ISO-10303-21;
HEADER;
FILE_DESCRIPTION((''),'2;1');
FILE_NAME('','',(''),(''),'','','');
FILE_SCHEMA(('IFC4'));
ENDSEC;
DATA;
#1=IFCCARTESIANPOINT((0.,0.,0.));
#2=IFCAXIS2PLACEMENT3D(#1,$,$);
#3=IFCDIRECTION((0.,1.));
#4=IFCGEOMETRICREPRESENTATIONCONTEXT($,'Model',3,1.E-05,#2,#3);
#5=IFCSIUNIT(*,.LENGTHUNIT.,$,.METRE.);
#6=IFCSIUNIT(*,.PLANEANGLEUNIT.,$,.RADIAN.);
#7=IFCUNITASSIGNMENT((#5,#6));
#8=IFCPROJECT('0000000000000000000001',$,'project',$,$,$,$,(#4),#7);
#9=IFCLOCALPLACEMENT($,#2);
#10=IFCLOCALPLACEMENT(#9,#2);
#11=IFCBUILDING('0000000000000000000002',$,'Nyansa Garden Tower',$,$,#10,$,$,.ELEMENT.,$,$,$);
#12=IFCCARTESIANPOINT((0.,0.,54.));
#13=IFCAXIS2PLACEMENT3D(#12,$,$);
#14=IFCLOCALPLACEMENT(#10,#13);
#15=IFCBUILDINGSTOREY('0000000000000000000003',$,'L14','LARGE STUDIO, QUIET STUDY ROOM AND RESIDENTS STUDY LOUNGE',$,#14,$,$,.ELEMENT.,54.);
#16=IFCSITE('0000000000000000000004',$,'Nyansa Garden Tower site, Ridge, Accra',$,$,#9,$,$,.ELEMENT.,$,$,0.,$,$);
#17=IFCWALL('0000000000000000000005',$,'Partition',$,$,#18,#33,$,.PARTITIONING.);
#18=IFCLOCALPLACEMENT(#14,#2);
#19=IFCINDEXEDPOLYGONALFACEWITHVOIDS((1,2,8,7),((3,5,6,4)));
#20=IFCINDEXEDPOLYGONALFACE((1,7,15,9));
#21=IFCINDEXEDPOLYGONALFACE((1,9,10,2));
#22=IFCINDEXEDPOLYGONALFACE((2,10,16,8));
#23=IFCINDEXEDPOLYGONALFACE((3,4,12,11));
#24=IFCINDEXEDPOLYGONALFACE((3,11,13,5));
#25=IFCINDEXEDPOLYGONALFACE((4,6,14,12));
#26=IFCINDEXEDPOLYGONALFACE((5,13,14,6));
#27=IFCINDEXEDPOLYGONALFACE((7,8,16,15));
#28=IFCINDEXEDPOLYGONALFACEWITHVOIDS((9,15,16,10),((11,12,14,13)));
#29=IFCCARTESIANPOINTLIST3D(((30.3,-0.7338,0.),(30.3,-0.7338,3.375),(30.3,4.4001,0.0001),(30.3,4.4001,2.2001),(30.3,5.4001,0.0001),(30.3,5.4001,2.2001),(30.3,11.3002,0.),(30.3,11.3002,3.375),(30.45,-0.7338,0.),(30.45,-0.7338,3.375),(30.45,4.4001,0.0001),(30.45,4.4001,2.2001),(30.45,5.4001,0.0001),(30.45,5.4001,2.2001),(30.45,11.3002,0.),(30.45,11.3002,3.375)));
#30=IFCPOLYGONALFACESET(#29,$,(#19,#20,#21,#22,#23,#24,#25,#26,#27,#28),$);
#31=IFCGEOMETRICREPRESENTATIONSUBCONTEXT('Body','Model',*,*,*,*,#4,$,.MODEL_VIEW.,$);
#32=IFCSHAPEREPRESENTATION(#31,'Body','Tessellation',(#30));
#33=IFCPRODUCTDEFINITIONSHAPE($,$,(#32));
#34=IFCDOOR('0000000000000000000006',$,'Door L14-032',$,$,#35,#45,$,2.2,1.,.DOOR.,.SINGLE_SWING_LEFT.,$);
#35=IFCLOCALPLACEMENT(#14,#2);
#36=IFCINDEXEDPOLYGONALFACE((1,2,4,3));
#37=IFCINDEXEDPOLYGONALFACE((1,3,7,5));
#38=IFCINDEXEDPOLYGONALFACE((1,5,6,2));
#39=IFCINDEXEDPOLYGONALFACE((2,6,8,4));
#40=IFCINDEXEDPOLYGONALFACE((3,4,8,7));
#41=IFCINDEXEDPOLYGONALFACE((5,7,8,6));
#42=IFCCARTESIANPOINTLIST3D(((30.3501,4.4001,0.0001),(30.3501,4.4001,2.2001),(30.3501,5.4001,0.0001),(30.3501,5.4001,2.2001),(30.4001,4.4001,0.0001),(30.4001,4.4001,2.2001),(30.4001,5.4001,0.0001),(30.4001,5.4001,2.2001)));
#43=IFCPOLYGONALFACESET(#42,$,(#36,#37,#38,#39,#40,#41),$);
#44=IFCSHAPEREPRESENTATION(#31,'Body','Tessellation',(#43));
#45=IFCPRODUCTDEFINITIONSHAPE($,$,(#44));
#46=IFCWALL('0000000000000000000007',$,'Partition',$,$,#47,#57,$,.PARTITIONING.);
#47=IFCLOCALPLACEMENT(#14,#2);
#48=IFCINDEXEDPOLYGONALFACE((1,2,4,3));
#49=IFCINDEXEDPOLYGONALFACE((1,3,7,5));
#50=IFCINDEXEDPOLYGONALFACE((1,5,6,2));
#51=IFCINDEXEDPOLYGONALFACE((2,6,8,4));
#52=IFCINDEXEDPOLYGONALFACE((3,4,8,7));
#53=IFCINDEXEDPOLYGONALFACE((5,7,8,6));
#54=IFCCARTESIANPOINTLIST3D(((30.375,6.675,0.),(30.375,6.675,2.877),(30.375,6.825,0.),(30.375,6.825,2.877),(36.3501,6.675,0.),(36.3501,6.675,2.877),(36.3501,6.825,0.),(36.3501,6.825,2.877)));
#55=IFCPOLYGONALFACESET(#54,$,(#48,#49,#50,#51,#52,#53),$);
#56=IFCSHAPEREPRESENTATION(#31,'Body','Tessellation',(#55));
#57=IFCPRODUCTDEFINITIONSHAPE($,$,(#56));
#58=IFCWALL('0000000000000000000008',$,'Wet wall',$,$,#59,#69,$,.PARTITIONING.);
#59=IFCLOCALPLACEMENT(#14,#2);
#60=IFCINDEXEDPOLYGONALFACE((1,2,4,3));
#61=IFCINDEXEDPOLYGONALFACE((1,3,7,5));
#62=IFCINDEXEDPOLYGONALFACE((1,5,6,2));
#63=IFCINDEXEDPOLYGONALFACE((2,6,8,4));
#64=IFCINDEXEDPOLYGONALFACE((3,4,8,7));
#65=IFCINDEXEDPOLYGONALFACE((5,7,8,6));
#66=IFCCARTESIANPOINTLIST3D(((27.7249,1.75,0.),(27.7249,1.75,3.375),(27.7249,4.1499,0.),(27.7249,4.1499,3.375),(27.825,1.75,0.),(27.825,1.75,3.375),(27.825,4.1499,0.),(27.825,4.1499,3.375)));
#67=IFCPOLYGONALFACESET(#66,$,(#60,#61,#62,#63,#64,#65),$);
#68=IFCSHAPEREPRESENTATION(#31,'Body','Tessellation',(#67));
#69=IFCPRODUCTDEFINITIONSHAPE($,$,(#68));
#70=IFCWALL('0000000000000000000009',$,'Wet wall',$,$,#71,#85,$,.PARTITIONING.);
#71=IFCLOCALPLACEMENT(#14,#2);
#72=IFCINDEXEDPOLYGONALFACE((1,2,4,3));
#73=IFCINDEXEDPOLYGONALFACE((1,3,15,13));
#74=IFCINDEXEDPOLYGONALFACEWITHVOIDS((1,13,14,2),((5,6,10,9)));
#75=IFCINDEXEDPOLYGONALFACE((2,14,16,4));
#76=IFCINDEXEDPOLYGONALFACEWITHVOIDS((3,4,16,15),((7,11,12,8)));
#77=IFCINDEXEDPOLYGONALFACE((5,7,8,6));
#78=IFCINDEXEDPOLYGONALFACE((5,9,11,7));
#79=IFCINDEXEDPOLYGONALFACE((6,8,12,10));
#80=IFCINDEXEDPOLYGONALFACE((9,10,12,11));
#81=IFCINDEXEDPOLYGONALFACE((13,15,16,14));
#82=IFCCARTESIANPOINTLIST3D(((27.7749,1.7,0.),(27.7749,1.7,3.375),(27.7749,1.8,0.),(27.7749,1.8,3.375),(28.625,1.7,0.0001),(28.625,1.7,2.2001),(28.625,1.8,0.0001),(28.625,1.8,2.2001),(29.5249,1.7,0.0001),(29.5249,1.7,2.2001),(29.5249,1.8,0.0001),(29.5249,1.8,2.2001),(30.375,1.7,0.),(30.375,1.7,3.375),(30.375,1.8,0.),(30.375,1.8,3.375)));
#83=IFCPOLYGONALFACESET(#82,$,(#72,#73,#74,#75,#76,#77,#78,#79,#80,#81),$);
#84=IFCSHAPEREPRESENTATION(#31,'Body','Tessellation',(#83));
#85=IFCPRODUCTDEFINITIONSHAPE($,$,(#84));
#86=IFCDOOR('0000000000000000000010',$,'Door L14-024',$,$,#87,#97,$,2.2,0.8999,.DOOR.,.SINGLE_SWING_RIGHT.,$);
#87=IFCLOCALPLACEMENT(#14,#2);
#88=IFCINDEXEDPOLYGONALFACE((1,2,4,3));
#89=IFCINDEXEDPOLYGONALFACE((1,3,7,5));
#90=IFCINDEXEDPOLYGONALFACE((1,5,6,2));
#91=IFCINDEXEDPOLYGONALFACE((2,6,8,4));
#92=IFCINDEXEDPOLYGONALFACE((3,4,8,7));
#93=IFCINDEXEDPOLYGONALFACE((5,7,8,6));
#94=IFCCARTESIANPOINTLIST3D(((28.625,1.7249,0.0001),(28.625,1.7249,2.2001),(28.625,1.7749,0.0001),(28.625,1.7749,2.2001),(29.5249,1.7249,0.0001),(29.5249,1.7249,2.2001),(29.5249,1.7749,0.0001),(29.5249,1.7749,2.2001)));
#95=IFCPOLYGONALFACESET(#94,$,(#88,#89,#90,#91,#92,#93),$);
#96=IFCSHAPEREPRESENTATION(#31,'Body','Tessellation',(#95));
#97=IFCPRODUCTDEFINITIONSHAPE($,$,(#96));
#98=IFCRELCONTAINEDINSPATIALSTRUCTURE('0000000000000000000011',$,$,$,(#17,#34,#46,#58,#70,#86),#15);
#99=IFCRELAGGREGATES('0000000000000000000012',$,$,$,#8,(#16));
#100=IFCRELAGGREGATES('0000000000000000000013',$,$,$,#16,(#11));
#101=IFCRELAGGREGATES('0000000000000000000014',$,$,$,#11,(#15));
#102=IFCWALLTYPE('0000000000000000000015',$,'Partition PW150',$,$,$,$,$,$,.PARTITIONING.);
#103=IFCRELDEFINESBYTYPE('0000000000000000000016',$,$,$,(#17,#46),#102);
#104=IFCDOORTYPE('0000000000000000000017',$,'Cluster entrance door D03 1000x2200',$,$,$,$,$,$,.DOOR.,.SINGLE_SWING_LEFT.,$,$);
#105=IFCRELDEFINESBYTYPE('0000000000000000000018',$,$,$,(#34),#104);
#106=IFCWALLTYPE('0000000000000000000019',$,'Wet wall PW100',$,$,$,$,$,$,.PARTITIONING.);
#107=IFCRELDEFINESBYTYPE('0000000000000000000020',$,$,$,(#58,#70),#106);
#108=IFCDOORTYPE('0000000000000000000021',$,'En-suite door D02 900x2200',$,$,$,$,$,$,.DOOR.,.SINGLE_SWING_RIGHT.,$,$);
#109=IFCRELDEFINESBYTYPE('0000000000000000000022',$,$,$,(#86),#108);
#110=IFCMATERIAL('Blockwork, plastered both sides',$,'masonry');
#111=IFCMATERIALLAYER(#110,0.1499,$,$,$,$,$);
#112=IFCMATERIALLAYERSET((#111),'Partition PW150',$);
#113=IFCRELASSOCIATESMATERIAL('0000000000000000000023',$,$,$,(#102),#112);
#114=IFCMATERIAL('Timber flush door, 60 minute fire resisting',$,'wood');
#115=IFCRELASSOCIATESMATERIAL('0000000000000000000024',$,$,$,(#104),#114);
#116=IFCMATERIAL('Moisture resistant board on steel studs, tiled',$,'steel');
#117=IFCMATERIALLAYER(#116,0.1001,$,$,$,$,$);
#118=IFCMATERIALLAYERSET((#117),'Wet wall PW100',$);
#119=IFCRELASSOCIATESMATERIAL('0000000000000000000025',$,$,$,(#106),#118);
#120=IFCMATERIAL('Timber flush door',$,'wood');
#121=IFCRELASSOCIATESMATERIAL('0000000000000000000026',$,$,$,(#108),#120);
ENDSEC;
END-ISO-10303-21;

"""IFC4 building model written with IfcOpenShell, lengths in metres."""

from ifc_helpers import new_model, si_unit, direction, frame, frame_2d, origin, place, context, subcontext, project, spatial, rectangle, extrude, material, layer, layer_set, type_object, element, fill, save


model = new_model("IFC4")

# Units and contexts
model_context = context("Model", 3, precision=1e-05, world=origin(), true_north=direction((0.0, 1.0)))
body_context = subcontext(model_context, "Body", "Model", "MODEL_VIEW")
ifc_project = project(units=[si_unit("LENGTHUNIT", "METRE"), si_unit("PLANEANGLEUNIT", "RADIAN")], contexts=[model_context])

# Site, building, storey
site_placement = place(None, origin())
site = spatial("IfcSite", under=ifc_project, at=site_placement, Name="Nyansa Garden Tower site, Ridge, Accra", CompositionType="ELEMENT", RefElevation=0.0)
building_placement = place(site_placement, origin())
building = spatial("IfcBuilding", under=site, at=building_placement, Name="Nyansa Garden Tower", CompositionType="ELEMENT")
storey_placement = place(building_placement, frame((0.0, 0.0, 54.0)))
storey = spatial("IfcBuildingStorey", under=building, at=storey_placement, Name="L14", Description="LARGE STUDIO, QUIET STUDY ROOM AND RESIDENTS STUDY LOUNGE", CompositionType="ELEMENT", Elevation=54.0)

# Wall, opening, door
ifc_material_1 = material(Name="Blockwork, plastered both sides", Category="masonry")
ifc_layer_1 = layer(ifc_material_1, 0.1499)
ifc_layer_set_1 = layer_set([ifc_layer_1], Name="Partition PW150")
wall_type_1 = type_object("IfcWallType", Name="Partition PW150", PredefinedType="PARTITIONING", material=ifc_layer_set_1)
wall_1_placement = place(storey_placement, frame((30.375, -0.7339, 0.0), z_axis=(0.0, 0.0, 1.0), x_axis=(0.0, 1.0, 0.0)))
wall_1 = element("IfcWall", 1, at=wall_1_placement, inside=storey, type_object=wall_type_1, Name="Partition", PredefinedType="PARTITIONING", context=body_context, shape_type="SweptSolid", body=[
    extrude(rectangle(XDim=12.0339, YDim=0.1499, at=frame_2d((6.0171, 0.0))), origin(), (0.0, 0.0, 1.0), 3.375),
])
opening_1_placement = place(wall_1_placement, frame((5.134, 0.0, 0.0)))
opening_1 = element("IfcOpeningElement", 2, at=opening_1_placement, cuts=wall_1, PredefinedType="OPENING", context=body_context, shape_type="SweptSolid", body=[
    extrude(rectangle(XDim=1.0, YDim=2.2, at=frame_2d((0.5, 1.1001))), frame((0.0, 0.085, 0.0), z_axis=(0.0, -1.0, 0.0), x_axis=(1.0, 0.0, 0.0)), (0.0, 0.0, 1.0), 0.1699),
])
ifc_material_2 = material(Name="Timber flush door, 60 minute fire resisting", Category="wood")
door_type_1 = type_object("IfcDoorType", Name="Cluster entrance door D03 1000x2200", OperationType="SINGLE_SWING_LEFT", PredefinedType="DOOR", material=ifc_material_2)
door_1_placement = place(opening_1_placement, origin())
door_1 = element("IfcDoor", 3, at=door_1_placement, inside=storey, type_object=door_type_1, Name="Door L14-032", OperationType="SINGLE_SWING_LEFT", OverallHeight=2.2, OverallWidth=1.0, PredefinedType="DOOR", context=body_context, shape_type="SweptSolid", body=[
    extrude(rectangle(XDim=1.0, YDim=2.2, at=frame_2d((0.5, 1.1001))), frame((0.0, 0.0249, 0.0), z_axis=(0.0, -1.0, 0.0), x_axis=(1.0, 0.0, 0.0)), (0.0, 0.0, 1.0), 0.05),
])
fill(opening_1, door_1)

# Walls
wall_2_placement = place(storey_placement, frame((30.375, 6.75, 0.0), z_axis=(0.0, 0.0, 1.0), x_axis=(1.0, 0.0, 0.0)))
element("IfcWall", 4, at=wall_2_placement, inside=storey, type_object=wall_type_1, Name="Partition", PredefinedType="PARTITIONING", context=body_context, shape_type="SweptSolid", body=[
    extrude(rectangle(XDim=5.9751, YDim=0.1499, at=frame_2d((2.9875, 0.0))), origin(), (0.0, 0.0, 1.0), 2.877),
])
ifc_material_3 = material(Name="Moisture resistant board on steel studs, tiled", Category="steel")
ifc_layer_2 = layer(ifc_material_3, 0.1001)
ifc_layer_set_2 = layer_set([ifc_layer_2], Name="Wet wall PW100")
wall_type_2 = type_object("IfcWallType", Name="Wet wall PW100", PredefinedType="PARTITIONING", material=ifc_layer_set_2)
wall_3_placement = place(storey_placement, frame((27.7749, 1.75, 0.0), z_axis=(0.0, 0.0, 1.0), x_axis=(0.0, 1.0, 0.0)))
element("IfcWall", 5, at=wall_3_placement, inside=storey, type_object=wall_type_2, Name="Wet wall", PredefinedType="PARTITIONING", context=body_context, shape_type="SweptSolid", body=[
    extrude(rectangle(XDim=2.3999, YDim=0.1001, at=frame_2d((1.2, 0.0))), origin(), (0.0, 0.0, 1.0), 3.375),
])

# Wall, opening, door
wall_4_placement = place(storey_placement, frame((27.7749, 1.75, 0.0), z_axis=(0.0, 0.0, 1.0), x_axis=(1.0, 0.0, 0.0)))
wall_4 = element("IfcWall", 6, at=wall_4_placement, inside=storey, type_object=wall_type_2, Name="Wet wall", PredefinedType="PARTITIONING", context=body_context, shape_type="SweptSolid", body=[
    extrude(rectangle(XDim=2.6001, YDim=0.1001, at=frame_2d((1.3, 0.0))), origin(), (0.0, 0.0, 1.0), 3.375),
])
opening_2_placement = place(wall_4_placement, frame((0.8501, 0.0, 0.0)))
opening_2 = element("IfcOpeningElement", 7, at=opening_2_placement, cuts=wall_4, PredefinedType="OPENING", context=body_context, shape_type="SweptSolid", body=[
    extrude(rectangle(XDim=0.8999, YDim=2.2, at=frame_2d((0.45, 1.1001))), frame((0.0, 0.0601, 0.0), z_axis=(0.0, -1.0, 0.0), x_axis=(1.0, 0.0, 0.0)), (0.0, 0.0, 1.0), 0.1201),
])
ifc_material_4 = material(Name="Timber flush door", Category="wood")
door_type_2 = type_object("IfcDoorType", Name="En-suite door D02 900x2200", OperationType="SINGLE_SWING_RIGHT", PredefinedType="DOOR", material=ifc_material_4)
door_2_placement = place(opening_2_placement, origin())
door_2 = element("IfcDoor", 8, at=door_2_placement, inside=storey, type_object=door_type_2, Name="Door L14-024", OperationType="SINGLE_SWING_RIGHT", OverallHeight=2.2, OverallWidth=0.8999, PredefinedType="DOOR", context=body_context, shape_type="SweptSolid", body=[
    extrude(rectangle(XDim=0.8999, YDim=2.2, at=frame_2d((0.45, 1.1001))), frame((0.0, 0.0249, 0.0), z_axis=(0.0, -1.0, 0.0), x_axis=(1.0, 0.0, 0.0)), (0.0, 0.0, 1.0), 0.05),
])
fill(opening_2, door_2)

save(model, "model.ifc")
